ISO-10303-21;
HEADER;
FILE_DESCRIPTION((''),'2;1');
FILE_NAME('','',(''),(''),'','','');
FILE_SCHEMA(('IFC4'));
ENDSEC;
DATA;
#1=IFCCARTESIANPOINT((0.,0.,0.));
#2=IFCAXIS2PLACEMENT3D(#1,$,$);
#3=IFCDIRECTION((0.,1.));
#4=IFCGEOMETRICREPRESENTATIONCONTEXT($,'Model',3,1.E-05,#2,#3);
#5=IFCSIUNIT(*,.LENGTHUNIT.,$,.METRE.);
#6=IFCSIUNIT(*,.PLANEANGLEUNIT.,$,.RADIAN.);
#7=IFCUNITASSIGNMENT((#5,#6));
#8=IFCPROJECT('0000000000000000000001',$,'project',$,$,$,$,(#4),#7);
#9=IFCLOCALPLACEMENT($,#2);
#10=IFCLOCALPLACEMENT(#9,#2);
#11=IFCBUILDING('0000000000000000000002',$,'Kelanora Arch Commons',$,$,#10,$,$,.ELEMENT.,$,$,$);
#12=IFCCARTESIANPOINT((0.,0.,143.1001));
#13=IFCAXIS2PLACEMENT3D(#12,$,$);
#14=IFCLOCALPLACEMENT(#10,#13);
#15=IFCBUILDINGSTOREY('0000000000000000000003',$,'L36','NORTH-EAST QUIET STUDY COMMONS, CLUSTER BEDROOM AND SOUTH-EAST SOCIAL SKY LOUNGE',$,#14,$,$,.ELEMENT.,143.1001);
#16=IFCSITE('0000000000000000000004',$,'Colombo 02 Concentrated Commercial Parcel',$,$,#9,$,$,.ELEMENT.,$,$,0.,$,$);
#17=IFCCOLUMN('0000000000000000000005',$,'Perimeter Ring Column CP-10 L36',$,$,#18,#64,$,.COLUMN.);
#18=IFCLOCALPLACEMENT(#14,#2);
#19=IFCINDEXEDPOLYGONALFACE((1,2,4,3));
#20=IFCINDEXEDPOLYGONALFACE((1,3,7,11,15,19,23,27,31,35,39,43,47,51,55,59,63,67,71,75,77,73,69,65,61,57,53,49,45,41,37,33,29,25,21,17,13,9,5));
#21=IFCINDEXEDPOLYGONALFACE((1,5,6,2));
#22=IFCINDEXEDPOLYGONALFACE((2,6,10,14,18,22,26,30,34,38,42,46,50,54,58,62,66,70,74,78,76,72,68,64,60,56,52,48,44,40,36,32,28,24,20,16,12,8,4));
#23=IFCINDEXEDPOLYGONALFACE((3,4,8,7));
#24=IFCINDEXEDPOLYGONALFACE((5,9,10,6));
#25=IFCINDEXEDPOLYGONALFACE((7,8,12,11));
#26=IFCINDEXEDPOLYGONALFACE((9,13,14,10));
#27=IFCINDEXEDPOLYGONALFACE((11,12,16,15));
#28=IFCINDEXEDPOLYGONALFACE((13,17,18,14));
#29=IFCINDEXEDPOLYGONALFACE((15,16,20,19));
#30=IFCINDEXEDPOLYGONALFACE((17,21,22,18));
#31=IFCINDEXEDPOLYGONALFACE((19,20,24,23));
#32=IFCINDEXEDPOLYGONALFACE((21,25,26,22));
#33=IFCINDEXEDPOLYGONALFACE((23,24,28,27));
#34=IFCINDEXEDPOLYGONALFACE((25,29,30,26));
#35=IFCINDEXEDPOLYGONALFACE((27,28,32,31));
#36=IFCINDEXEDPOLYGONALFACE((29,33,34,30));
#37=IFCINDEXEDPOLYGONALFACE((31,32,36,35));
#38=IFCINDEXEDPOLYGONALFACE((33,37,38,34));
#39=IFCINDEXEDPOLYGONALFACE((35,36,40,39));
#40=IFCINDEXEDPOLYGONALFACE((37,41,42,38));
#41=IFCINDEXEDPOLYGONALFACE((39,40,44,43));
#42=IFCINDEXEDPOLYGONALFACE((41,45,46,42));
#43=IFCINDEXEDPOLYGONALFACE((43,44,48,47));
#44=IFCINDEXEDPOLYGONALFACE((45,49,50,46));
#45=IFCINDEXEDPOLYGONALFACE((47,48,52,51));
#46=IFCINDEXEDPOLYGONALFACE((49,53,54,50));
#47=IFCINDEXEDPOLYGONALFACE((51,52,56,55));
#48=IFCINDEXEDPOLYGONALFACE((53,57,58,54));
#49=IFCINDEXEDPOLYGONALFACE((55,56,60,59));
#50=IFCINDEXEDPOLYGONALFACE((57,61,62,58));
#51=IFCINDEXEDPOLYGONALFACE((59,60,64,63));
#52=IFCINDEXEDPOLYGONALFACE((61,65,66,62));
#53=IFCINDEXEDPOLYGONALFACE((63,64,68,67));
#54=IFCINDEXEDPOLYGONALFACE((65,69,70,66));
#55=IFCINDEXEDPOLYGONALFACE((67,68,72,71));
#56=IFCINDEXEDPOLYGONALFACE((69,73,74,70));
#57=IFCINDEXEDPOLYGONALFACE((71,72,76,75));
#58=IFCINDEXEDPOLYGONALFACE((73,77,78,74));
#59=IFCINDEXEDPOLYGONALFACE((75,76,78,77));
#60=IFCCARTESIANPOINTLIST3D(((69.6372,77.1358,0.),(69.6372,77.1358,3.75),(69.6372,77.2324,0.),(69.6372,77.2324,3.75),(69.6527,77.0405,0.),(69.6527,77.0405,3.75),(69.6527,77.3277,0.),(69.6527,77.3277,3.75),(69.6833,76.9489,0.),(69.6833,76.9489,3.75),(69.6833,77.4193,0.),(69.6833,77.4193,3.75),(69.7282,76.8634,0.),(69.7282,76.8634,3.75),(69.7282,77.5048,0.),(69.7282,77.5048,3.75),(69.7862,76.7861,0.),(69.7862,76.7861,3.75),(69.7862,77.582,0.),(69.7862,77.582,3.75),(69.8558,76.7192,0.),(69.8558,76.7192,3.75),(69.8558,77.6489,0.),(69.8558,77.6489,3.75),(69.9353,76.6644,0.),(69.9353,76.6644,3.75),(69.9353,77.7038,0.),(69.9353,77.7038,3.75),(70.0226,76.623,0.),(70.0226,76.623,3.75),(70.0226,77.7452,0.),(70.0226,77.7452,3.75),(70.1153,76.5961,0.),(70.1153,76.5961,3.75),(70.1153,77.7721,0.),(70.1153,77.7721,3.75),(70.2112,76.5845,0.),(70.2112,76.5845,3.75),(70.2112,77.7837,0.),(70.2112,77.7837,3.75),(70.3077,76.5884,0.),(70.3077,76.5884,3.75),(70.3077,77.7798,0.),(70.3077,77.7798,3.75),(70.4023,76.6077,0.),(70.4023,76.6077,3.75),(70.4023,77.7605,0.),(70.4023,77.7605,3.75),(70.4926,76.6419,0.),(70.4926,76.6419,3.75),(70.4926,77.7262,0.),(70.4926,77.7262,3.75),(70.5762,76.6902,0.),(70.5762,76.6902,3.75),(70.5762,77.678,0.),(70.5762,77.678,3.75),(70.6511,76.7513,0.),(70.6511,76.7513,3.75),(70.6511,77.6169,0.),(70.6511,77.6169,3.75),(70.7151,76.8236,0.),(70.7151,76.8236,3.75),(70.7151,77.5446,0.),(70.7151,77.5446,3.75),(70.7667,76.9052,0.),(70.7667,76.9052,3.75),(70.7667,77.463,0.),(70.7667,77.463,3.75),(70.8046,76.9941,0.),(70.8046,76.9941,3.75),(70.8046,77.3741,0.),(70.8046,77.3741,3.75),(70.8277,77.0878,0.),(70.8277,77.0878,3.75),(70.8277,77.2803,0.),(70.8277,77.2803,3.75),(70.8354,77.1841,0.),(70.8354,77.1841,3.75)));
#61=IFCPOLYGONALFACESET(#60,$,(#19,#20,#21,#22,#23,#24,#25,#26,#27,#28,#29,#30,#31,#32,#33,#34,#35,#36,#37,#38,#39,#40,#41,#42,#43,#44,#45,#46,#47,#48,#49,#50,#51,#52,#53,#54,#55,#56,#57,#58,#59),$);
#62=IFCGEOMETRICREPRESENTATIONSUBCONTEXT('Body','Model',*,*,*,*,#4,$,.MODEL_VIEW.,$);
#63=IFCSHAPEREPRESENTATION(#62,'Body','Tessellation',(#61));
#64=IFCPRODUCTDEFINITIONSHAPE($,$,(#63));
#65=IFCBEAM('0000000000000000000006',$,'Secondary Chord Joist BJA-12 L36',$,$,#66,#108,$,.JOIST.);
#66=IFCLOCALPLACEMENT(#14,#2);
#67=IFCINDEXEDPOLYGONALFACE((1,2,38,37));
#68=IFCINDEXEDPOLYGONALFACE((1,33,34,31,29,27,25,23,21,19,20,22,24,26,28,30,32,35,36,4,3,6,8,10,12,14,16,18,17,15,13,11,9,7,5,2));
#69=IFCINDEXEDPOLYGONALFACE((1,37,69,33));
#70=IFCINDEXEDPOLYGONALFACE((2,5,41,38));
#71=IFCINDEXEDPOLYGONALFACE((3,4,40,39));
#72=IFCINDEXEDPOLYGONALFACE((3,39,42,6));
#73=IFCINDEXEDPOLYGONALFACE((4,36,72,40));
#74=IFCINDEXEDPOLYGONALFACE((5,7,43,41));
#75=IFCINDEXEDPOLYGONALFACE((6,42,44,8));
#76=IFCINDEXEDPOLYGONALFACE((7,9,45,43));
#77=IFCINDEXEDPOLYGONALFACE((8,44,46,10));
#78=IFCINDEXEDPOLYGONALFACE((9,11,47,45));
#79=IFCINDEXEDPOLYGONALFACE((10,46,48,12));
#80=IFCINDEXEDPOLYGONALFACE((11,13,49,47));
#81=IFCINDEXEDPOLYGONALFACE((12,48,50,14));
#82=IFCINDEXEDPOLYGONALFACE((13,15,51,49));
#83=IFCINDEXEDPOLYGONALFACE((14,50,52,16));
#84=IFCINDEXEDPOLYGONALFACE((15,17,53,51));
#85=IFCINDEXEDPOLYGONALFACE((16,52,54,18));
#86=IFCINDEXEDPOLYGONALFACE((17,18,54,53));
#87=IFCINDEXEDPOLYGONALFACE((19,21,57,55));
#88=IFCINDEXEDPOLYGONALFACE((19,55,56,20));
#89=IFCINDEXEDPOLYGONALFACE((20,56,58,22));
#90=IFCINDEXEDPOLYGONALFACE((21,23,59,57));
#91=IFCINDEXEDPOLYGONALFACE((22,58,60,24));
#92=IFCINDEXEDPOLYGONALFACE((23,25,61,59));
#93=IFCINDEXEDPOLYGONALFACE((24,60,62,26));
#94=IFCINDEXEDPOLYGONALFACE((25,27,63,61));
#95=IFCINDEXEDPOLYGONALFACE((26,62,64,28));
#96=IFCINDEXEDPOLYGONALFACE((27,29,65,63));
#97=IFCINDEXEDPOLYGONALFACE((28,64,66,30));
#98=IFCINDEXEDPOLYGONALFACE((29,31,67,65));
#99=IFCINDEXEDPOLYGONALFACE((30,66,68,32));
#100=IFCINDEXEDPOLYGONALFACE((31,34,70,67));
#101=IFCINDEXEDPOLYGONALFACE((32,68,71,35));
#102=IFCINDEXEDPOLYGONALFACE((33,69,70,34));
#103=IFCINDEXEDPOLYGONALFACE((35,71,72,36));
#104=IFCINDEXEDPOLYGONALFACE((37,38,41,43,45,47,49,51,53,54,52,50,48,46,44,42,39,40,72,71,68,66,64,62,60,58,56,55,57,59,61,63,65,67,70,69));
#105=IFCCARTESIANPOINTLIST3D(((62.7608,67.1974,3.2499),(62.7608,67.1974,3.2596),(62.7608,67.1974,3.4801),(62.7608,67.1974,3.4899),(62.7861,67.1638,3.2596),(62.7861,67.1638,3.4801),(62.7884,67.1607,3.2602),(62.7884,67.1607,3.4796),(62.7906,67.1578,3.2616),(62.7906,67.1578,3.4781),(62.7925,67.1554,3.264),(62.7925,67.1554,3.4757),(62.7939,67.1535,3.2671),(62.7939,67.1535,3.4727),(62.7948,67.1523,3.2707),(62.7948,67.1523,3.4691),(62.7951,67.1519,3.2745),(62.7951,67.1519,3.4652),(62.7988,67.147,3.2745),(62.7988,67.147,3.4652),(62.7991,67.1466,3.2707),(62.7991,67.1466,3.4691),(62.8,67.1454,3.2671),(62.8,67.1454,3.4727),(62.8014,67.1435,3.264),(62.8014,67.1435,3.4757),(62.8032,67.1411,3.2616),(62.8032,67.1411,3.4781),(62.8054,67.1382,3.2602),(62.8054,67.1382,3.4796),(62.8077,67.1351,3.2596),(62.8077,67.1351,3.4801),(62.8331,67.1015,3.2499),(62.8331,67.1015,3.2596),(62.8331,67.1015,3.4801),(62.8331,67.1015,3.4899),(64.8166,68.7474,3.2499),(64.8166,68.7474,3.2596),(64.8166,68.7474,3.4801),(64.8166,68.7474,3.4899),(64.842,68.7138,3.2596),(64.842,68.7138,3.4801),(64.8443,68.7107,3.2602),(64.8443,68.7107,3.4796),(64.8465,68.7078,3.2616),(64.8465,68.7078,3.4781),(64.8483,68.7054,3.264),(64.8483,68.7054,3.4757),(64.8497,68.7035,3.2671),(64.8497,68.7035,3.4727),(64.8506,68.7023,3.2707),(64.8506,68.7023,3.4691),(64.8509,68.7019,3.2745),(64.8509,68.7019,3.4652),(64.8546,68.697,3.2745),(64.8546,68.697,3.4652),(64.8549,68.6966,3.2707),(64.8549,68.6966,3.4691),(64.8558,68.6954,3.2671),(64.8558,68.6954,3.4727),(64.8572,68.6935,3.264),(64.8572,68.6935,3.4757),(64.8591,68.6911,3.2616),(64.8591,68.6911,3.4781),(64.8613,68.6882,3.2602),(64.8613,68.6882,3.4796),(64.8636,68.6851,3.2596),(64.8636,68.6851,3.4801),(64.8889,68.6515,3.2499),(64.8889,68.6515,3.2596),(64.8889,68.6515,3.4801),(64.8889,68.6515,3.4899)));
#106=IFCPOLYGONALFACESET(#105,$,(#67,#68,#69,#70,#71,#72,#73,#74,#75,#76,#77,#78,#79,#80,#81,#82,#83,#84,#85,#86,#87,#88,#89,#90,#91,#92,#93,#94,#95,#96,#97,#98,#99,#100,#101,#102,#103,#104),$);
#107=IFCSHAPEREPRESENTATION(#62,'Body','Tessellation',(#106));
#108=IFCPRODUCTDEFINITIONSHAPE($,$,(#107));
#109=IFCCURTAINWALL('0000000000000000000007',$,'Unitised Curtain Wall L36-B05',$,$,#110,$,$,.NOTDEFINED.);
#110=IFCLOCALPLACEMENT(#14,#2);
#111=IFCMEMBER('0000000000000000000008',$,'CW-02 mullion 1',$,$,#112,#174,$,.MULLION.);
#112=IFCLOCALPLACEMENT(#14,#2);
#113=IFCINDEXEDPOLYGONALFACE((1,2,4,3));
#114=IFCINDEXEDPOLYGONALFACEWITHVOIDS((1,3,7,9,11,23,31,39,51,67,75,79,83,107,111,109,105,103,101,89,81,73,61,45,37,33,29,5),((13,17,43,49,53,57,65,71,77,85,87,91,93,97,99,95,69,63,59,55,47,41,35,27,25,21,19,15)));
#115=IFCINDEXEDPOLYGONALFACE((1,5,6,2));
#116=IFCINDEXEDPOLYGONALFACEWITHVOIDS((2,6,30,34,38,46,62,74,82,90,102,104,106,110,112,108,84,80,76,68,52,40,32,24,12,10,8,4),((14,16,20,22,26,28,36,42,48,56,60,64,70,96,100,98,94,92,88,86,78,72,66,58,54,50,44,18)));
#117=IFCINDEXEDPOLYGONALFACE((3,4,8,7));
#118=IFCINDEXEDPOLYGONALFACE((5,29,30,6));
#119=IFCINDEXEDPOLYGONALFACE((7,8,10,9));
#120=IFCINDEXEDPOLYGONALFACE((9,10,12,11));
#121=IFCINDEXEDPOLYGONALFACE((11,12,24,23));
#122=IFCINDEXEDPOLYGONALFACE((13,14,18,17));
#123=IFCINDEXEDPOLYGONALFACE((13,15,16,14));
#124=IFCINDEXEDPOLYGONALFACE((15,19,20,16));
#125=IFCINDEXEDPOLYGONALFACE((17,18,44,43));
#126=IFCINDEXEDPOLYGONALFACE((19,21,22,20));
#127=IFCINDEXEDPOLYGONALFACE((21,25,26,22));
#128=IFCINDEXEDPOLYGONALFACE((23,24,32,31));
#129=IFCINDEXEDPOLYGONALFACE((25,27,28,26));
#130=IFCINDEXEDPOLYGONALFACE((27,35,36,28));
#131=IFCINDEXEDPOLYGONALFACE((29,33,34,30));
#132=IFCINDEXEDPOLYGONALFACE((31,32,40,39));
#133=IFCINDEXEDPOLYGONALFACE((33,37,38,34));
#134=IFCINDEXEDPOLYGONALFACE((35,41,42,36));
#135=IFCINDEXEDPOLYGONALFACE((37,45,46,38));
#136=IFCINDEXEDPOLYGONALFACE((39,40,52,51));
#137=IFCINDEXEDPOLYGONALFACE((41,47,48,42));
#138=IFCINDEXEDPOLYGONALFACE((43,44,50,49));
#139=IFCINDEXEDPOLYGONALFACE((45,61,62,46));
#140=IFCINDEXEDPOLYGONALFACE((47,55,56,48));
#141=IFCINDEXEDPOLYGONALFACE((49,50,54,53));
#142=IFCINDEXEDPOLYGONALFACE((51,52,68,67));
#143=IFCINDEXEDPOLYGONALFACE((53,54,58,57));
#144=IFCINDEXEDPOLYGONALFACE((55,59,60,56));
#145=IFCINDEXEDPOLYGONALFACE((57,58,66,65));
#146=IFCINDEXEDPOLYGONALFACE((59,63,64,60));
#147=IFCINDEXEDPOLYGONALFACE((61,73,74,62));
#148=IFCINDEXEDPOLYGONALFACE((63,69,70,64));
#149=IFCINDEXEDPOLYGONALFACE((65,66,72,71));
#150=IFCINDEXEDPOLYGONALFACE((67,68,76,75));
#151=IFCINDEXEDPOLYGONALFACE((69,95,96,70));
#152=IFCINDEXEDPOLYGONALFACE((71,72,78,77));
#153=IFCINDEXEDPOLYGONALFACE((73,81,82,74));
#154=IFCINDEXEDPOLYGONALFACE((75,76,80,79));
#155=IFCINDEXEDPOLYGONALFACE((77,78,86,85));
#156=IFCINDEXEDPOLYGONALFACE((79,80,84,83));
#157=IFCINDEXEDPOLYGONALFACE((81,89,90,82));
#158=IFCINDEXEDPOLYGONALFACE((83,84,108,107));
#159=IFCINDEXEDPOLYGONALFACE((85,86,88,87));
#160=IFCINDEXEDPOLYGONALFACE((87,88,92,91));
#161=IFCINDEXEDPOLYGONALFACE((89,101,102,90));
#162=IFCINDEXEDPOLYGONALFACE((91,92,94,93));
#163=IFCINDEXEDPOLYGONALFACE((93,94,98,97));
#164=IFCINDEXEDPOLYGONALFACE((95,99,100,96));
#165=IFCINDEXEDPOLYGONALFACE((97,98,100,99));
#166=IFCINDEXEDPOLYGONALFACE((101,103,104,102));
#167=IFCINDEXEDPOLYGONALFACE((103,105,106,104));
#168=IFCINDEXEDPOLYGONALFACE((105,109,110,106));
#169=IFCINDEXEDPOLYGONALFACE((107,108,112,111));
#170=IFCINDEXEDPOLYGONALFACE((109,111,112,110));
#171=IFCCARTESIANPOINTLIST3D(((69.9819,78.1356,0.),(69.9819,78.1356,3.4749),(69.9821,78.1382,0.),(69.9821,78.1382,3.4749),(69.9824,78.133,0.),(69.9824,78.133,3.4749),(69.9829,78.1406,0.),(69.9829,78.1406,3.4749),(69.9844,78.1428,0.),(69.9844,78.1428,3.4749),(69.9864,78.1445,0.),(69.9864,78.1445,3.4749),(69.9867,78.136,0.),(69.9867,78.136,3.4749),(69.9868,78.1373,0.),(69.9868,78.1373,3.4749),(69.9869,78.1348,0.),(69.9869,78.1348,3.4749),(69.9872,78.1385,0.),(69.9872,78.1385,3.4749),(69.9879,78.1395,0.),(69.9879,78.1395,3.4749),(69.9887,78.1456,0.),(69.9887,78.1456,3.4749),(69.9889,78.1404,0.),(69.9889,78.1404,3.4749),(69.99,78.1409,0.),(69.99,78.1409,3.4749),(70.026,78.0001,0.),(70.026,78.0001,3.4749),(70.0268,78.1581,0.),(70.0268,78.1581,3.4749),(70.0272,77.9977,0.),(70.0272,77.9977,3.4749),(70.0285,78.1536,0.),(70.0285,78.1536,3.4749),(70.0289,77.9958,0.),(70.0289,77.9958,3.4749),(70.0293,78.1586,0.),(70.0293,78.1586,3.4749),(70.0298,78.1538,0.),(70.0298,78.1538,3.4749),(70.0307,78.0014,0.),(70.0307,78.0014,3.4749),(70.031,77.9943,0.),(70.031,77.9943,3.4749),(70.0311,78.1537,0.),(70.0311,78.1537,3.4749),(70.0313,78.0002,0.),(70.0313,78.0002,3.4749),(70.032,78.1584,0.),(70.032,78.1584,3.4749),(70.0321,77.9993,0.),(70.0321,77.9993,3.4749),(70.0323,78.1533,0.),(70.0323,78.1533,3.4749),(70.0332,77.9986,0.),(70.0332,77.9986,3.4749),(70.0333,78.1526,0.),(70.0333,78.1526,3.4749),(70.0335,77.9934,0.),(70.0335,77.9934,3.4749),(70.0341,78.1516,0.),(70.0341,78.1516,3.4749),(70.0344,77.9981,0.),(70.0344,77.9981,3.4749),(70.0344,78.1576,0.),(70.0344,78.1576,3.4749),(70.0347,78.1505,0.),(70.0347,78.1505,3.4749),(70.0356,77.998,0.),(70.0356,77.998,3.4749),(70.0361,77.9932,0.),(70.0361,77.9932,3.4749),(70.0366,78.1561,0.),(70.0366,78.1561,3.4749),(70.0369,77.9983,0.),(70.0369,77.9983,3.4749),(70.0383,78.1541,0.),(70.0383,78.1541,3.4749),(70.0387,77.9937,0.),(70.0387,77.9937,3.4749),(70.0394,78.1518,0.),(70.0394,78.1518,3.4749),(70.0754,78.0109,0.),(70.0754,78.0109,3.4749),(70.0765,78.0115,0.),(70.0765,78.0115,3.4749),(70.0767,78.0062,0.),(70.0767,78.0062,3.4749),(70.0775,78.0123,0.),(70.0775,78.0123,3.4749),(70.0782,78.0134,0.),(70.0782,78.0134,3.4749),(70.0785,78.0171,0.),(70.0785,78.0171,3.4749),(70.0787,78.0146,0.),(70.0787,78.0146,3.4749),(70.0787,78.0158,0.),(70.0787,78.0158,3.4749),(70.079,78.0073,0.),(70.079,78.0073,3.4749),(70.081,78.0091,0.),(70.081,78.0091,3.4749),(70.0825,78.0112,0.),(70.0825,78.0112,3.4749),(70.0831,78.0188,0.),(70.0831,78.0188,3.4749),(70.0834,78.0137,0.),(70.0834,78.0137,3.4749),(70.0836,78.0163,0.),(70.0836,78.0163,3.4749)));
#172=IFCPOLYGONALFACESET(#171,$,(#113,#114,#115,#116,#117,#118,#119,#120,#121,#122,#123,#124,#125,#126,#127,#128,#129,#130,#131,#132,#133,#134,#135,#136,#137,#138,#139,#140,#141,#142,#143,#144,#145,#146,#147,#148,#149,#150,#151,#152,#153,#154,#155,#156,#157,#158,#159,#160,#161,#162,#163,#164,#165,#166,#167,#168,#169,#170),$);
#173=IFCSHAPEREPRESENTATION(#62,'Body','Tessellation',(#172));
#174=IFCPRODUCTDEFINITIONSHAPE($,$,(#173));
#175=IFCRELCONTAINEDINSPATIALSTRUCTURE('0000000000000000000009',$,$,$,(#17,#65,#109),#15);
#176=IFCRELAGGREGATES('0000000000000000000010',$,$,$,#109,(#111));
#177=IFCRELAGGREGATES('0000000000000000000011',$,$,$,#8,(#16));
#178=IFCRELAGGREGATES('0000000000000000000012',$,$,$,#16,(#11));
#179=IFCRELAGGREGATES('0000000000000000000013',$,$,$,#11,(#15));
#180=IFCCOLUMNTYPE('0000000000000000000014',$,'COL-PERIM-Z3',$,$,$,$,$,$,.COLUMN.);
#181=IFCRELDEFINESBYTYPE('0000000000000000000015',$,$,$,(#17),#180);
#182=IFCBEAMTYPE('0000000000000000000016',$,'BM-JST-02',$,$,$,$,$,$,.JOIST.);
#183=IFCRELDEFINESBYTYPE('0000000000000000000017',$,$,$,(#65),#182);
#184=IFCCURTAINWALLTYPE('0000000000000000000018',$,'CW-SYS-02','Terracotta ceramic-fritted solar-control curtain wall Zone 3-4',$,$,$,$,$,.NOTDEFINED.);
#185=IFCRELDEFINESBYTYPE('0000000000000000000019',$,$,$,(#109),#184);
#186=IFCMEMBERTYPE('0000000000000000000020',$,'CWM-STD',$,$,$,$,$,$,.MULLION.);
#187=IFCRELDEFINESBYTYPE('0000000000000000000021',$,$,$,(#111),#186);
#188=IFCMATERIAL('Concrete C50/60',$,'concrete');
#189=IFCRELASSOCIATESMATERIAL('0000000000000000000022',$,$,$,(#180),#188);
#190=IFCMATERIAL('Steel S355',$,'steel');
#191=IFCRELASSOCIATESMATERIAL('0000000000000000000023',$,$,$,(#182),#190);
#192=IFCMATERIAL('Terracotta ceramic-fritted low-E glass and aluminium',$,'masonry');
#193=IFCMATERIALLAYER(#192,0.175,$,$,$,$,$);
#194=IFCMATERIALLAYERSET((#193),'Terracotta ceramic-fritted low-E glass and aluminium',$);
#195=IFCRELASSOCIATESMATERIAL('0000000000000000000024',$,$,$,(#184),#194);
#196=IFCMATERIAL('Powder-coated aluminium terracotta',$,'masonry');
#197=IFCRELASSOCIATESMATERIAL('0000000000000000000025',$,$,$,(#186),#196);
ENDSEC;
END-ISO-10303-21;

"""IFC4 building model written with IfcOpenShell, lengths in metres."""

from ifc_helpers import new_model, si_unit, direction, frame, origin, origin_2d, place, context, subcontext, project, spatial, hollow_rectangle, circle, i_section, extrude, material, layer, layer_set, material_profile, profile_set, type_object, element, aggregate, save


model = new_model("IFC4")

# Units and contexts
model_context = context("Model", 3, precision=1e-05, world=origin(), true_north=direction((0.0, 1.0)))
body_context = subcontext(model_context, "Body", "Model", "MODEL_VIEW")
ifc_project = project(units=[si_unit("LENGTHUNIT", "METRE"), si_unit("PLANEANGLEUNIT", "RADIAN")], contexts=[model_context])

# Site, building, storey
site_placement = place(None, origin())
site = spatial("IfcSite", under=ifc_project, at=site_placement, Name="Colombo 02 Concentrated Commercial Parcel", CompositionType="ELEMENT", RefElevation=0.0)
building_placement = place(site_placement, origin())
building = spatial("IfcBuilding", under=site, at=building_placement, Name="Kelanora Arch Commons", CompositionType="ELEMENT")
storey_placement = place(building_placement, frame((0.0, 0.0, 143.1001)))
storey = spatial("IfcBuildingStorey", under=building, at=storey_placement, Name="L36", Description="NORTH-EAST QUIET STUDY COMMONS, CLUSTER BEDROOM AND SOUTH-EAST SOCIAL SKY LOUNGE", CompositionType="ELEMENT", Elevation=143.1001)

# Column
ifc_material_1 = material(Name="Concrete C50/60", Category="concrete")
ifc_material_profile_1 = material_profile(ifc_material_1, circle(Radius=0.6001, at=origin_2d()), Name="RCC1200")
ifc_profile_set_1 = profile_set([ifc_material_profile_1], Name="Concrete C50/60")
column_type = type_object("IfcColumnType", Name="COL-PERIM-Z3", PredefinedType="COLUMN", material=ifc_profile_set_1)
column_placement = place(storey_placement, frame((70.2354, 77.1841, 0.0), z_axis=(0.0, 0.0, 1.0), x_axis=(1.0, 0.0, 0.0)))
element("IfcColumn", 1, at=column_placement, inside=storey, type_object=column_type, Name="Perimeter Ring Column CP-10 L36", PredefinedType="COLUMN", context=body_context, shape_type="SweptSolid", body=[
    extrude(circle(Radius=0.6001, at=origin_2d()), origin(), (0.0, 0.0, 1.0), 3.75),
])

# Beam
ifc_material_2 = material(Name="Steel S355", Category="steel")
ifc_material_profile_2 = material_profile(ifc_material_2, i_section(OverallWidth=0.1201, OverallDepth=0.24, WebThickness=0.0061, FlangeThickness=0.0098, FilletRadius=0.0149, at=origin_2d()), Name="IPE240")
ifc_profile_set_2 = profile_set([ifc_material_profile_2], Name="Steel S355")
beam_type = type_object("IfcBeamType", Name="BM-JST-02", PredefinedType="JOIST", material=ifc_profile_set_2)
beam_placement = place(storey_placement, frame((64.8528, 68.6995, 3.3699), z_axis=(-0.798484, -0.602016, 0.0), x_axis=(0.602016, -0.798484, 0.0)))
element("IfcBeam", 2, at=beam_placement, inside=storey, type_object=beam_type, Name="Secondary Chord Joist BJA-12 L36", PredefinedType="JOIST", context=body_context, shape_type="SweptSolid", body=[
    extrude(i_section(OverallWidth=0.1201, OverallDepth=0.24, WebThickness=0.0061, FlangeThickness=0.0098, FilletRadius=0.0149, at=origin_2d()), origin(), (0.0, 0.0, 1.0), 2.5747),
])

# Curtain wall, member
ifc_material_3 = material(Name="Terracotta ceramic-fritted low-E glass and aluminium", Category="masonry")
ifc_layer_1 = layer(ifc_material_3, 0.175)
ifc_layer_set_1 = layer_set([ifc_layer_1], Name="Terracotta ceramic-fritted low-E glass and aluminium")
curtain_wall_type = type_object("IfcCurtainWallType", Name="CW-SYS-02", Description="Terracotta ceramic-fritted solar-control curtain wall Zone 3-4", PredefinedType="NOTDEFINED", material=ifc_layer_set_1)
curtain_wall_placement = place(storey_placement, origin())
curtain_wall = element("IfcCurtainWall", 3, at=curtain_wall_placement, inside=storey, type_object=curtain_wall_type, Name="Unitised Curtain Wall L36-B05", PredefinedType="NOTDEFINED")
ifc_material_4 = material(Name="Powder-coated aluminium terracotta", Category="masonry")
ifc_material_profile_3 = material_profile(ifc_material_4, hollow_rectangle(XDim=0.1599, YDim=0.0601, WallThickness=0.0049, InnerFilletRadius=0.0049, OuterFilletRadius=0.01, at=origin_2d()), Name="CWM160x60")
ifc_profile_set_3 = profile_set([ifc_material_profile_3], Name="Powder-coated aluminium terracotta")
member_type_1 = type_object("IfcMemberType", Name="CWM-STD", PredefinedType="MULLION", material=ifc_profile_set_3)
member_1_placement = place(storey_placement, frame((70.0327, 78.0759, 0.0), z_axis=(0.0, 0.0, 1.0), x_axis=(0.312128, -0.95004, 0.0)))
member_1 = element("IfcMember", 4, at=member_1_placement, type_object=member_type_1, Name="CW-02 mullion 1", PredefinedType="MULLION", context=body_context, shape_type="SweptSolid", body=[
    extrude(hollow_rectangle(XDim=0.1599, YDim=0.0601, WallThickness=0.0049, InnerFilletRadius=0.0049, OuterFilletRadius=0.01, at=origin_2d()), origin(), (0.0, 0.0, 1.0), 3.4749),
])
aggregate(curtain_wall, [member_1])

save(model, "model.ifc")
